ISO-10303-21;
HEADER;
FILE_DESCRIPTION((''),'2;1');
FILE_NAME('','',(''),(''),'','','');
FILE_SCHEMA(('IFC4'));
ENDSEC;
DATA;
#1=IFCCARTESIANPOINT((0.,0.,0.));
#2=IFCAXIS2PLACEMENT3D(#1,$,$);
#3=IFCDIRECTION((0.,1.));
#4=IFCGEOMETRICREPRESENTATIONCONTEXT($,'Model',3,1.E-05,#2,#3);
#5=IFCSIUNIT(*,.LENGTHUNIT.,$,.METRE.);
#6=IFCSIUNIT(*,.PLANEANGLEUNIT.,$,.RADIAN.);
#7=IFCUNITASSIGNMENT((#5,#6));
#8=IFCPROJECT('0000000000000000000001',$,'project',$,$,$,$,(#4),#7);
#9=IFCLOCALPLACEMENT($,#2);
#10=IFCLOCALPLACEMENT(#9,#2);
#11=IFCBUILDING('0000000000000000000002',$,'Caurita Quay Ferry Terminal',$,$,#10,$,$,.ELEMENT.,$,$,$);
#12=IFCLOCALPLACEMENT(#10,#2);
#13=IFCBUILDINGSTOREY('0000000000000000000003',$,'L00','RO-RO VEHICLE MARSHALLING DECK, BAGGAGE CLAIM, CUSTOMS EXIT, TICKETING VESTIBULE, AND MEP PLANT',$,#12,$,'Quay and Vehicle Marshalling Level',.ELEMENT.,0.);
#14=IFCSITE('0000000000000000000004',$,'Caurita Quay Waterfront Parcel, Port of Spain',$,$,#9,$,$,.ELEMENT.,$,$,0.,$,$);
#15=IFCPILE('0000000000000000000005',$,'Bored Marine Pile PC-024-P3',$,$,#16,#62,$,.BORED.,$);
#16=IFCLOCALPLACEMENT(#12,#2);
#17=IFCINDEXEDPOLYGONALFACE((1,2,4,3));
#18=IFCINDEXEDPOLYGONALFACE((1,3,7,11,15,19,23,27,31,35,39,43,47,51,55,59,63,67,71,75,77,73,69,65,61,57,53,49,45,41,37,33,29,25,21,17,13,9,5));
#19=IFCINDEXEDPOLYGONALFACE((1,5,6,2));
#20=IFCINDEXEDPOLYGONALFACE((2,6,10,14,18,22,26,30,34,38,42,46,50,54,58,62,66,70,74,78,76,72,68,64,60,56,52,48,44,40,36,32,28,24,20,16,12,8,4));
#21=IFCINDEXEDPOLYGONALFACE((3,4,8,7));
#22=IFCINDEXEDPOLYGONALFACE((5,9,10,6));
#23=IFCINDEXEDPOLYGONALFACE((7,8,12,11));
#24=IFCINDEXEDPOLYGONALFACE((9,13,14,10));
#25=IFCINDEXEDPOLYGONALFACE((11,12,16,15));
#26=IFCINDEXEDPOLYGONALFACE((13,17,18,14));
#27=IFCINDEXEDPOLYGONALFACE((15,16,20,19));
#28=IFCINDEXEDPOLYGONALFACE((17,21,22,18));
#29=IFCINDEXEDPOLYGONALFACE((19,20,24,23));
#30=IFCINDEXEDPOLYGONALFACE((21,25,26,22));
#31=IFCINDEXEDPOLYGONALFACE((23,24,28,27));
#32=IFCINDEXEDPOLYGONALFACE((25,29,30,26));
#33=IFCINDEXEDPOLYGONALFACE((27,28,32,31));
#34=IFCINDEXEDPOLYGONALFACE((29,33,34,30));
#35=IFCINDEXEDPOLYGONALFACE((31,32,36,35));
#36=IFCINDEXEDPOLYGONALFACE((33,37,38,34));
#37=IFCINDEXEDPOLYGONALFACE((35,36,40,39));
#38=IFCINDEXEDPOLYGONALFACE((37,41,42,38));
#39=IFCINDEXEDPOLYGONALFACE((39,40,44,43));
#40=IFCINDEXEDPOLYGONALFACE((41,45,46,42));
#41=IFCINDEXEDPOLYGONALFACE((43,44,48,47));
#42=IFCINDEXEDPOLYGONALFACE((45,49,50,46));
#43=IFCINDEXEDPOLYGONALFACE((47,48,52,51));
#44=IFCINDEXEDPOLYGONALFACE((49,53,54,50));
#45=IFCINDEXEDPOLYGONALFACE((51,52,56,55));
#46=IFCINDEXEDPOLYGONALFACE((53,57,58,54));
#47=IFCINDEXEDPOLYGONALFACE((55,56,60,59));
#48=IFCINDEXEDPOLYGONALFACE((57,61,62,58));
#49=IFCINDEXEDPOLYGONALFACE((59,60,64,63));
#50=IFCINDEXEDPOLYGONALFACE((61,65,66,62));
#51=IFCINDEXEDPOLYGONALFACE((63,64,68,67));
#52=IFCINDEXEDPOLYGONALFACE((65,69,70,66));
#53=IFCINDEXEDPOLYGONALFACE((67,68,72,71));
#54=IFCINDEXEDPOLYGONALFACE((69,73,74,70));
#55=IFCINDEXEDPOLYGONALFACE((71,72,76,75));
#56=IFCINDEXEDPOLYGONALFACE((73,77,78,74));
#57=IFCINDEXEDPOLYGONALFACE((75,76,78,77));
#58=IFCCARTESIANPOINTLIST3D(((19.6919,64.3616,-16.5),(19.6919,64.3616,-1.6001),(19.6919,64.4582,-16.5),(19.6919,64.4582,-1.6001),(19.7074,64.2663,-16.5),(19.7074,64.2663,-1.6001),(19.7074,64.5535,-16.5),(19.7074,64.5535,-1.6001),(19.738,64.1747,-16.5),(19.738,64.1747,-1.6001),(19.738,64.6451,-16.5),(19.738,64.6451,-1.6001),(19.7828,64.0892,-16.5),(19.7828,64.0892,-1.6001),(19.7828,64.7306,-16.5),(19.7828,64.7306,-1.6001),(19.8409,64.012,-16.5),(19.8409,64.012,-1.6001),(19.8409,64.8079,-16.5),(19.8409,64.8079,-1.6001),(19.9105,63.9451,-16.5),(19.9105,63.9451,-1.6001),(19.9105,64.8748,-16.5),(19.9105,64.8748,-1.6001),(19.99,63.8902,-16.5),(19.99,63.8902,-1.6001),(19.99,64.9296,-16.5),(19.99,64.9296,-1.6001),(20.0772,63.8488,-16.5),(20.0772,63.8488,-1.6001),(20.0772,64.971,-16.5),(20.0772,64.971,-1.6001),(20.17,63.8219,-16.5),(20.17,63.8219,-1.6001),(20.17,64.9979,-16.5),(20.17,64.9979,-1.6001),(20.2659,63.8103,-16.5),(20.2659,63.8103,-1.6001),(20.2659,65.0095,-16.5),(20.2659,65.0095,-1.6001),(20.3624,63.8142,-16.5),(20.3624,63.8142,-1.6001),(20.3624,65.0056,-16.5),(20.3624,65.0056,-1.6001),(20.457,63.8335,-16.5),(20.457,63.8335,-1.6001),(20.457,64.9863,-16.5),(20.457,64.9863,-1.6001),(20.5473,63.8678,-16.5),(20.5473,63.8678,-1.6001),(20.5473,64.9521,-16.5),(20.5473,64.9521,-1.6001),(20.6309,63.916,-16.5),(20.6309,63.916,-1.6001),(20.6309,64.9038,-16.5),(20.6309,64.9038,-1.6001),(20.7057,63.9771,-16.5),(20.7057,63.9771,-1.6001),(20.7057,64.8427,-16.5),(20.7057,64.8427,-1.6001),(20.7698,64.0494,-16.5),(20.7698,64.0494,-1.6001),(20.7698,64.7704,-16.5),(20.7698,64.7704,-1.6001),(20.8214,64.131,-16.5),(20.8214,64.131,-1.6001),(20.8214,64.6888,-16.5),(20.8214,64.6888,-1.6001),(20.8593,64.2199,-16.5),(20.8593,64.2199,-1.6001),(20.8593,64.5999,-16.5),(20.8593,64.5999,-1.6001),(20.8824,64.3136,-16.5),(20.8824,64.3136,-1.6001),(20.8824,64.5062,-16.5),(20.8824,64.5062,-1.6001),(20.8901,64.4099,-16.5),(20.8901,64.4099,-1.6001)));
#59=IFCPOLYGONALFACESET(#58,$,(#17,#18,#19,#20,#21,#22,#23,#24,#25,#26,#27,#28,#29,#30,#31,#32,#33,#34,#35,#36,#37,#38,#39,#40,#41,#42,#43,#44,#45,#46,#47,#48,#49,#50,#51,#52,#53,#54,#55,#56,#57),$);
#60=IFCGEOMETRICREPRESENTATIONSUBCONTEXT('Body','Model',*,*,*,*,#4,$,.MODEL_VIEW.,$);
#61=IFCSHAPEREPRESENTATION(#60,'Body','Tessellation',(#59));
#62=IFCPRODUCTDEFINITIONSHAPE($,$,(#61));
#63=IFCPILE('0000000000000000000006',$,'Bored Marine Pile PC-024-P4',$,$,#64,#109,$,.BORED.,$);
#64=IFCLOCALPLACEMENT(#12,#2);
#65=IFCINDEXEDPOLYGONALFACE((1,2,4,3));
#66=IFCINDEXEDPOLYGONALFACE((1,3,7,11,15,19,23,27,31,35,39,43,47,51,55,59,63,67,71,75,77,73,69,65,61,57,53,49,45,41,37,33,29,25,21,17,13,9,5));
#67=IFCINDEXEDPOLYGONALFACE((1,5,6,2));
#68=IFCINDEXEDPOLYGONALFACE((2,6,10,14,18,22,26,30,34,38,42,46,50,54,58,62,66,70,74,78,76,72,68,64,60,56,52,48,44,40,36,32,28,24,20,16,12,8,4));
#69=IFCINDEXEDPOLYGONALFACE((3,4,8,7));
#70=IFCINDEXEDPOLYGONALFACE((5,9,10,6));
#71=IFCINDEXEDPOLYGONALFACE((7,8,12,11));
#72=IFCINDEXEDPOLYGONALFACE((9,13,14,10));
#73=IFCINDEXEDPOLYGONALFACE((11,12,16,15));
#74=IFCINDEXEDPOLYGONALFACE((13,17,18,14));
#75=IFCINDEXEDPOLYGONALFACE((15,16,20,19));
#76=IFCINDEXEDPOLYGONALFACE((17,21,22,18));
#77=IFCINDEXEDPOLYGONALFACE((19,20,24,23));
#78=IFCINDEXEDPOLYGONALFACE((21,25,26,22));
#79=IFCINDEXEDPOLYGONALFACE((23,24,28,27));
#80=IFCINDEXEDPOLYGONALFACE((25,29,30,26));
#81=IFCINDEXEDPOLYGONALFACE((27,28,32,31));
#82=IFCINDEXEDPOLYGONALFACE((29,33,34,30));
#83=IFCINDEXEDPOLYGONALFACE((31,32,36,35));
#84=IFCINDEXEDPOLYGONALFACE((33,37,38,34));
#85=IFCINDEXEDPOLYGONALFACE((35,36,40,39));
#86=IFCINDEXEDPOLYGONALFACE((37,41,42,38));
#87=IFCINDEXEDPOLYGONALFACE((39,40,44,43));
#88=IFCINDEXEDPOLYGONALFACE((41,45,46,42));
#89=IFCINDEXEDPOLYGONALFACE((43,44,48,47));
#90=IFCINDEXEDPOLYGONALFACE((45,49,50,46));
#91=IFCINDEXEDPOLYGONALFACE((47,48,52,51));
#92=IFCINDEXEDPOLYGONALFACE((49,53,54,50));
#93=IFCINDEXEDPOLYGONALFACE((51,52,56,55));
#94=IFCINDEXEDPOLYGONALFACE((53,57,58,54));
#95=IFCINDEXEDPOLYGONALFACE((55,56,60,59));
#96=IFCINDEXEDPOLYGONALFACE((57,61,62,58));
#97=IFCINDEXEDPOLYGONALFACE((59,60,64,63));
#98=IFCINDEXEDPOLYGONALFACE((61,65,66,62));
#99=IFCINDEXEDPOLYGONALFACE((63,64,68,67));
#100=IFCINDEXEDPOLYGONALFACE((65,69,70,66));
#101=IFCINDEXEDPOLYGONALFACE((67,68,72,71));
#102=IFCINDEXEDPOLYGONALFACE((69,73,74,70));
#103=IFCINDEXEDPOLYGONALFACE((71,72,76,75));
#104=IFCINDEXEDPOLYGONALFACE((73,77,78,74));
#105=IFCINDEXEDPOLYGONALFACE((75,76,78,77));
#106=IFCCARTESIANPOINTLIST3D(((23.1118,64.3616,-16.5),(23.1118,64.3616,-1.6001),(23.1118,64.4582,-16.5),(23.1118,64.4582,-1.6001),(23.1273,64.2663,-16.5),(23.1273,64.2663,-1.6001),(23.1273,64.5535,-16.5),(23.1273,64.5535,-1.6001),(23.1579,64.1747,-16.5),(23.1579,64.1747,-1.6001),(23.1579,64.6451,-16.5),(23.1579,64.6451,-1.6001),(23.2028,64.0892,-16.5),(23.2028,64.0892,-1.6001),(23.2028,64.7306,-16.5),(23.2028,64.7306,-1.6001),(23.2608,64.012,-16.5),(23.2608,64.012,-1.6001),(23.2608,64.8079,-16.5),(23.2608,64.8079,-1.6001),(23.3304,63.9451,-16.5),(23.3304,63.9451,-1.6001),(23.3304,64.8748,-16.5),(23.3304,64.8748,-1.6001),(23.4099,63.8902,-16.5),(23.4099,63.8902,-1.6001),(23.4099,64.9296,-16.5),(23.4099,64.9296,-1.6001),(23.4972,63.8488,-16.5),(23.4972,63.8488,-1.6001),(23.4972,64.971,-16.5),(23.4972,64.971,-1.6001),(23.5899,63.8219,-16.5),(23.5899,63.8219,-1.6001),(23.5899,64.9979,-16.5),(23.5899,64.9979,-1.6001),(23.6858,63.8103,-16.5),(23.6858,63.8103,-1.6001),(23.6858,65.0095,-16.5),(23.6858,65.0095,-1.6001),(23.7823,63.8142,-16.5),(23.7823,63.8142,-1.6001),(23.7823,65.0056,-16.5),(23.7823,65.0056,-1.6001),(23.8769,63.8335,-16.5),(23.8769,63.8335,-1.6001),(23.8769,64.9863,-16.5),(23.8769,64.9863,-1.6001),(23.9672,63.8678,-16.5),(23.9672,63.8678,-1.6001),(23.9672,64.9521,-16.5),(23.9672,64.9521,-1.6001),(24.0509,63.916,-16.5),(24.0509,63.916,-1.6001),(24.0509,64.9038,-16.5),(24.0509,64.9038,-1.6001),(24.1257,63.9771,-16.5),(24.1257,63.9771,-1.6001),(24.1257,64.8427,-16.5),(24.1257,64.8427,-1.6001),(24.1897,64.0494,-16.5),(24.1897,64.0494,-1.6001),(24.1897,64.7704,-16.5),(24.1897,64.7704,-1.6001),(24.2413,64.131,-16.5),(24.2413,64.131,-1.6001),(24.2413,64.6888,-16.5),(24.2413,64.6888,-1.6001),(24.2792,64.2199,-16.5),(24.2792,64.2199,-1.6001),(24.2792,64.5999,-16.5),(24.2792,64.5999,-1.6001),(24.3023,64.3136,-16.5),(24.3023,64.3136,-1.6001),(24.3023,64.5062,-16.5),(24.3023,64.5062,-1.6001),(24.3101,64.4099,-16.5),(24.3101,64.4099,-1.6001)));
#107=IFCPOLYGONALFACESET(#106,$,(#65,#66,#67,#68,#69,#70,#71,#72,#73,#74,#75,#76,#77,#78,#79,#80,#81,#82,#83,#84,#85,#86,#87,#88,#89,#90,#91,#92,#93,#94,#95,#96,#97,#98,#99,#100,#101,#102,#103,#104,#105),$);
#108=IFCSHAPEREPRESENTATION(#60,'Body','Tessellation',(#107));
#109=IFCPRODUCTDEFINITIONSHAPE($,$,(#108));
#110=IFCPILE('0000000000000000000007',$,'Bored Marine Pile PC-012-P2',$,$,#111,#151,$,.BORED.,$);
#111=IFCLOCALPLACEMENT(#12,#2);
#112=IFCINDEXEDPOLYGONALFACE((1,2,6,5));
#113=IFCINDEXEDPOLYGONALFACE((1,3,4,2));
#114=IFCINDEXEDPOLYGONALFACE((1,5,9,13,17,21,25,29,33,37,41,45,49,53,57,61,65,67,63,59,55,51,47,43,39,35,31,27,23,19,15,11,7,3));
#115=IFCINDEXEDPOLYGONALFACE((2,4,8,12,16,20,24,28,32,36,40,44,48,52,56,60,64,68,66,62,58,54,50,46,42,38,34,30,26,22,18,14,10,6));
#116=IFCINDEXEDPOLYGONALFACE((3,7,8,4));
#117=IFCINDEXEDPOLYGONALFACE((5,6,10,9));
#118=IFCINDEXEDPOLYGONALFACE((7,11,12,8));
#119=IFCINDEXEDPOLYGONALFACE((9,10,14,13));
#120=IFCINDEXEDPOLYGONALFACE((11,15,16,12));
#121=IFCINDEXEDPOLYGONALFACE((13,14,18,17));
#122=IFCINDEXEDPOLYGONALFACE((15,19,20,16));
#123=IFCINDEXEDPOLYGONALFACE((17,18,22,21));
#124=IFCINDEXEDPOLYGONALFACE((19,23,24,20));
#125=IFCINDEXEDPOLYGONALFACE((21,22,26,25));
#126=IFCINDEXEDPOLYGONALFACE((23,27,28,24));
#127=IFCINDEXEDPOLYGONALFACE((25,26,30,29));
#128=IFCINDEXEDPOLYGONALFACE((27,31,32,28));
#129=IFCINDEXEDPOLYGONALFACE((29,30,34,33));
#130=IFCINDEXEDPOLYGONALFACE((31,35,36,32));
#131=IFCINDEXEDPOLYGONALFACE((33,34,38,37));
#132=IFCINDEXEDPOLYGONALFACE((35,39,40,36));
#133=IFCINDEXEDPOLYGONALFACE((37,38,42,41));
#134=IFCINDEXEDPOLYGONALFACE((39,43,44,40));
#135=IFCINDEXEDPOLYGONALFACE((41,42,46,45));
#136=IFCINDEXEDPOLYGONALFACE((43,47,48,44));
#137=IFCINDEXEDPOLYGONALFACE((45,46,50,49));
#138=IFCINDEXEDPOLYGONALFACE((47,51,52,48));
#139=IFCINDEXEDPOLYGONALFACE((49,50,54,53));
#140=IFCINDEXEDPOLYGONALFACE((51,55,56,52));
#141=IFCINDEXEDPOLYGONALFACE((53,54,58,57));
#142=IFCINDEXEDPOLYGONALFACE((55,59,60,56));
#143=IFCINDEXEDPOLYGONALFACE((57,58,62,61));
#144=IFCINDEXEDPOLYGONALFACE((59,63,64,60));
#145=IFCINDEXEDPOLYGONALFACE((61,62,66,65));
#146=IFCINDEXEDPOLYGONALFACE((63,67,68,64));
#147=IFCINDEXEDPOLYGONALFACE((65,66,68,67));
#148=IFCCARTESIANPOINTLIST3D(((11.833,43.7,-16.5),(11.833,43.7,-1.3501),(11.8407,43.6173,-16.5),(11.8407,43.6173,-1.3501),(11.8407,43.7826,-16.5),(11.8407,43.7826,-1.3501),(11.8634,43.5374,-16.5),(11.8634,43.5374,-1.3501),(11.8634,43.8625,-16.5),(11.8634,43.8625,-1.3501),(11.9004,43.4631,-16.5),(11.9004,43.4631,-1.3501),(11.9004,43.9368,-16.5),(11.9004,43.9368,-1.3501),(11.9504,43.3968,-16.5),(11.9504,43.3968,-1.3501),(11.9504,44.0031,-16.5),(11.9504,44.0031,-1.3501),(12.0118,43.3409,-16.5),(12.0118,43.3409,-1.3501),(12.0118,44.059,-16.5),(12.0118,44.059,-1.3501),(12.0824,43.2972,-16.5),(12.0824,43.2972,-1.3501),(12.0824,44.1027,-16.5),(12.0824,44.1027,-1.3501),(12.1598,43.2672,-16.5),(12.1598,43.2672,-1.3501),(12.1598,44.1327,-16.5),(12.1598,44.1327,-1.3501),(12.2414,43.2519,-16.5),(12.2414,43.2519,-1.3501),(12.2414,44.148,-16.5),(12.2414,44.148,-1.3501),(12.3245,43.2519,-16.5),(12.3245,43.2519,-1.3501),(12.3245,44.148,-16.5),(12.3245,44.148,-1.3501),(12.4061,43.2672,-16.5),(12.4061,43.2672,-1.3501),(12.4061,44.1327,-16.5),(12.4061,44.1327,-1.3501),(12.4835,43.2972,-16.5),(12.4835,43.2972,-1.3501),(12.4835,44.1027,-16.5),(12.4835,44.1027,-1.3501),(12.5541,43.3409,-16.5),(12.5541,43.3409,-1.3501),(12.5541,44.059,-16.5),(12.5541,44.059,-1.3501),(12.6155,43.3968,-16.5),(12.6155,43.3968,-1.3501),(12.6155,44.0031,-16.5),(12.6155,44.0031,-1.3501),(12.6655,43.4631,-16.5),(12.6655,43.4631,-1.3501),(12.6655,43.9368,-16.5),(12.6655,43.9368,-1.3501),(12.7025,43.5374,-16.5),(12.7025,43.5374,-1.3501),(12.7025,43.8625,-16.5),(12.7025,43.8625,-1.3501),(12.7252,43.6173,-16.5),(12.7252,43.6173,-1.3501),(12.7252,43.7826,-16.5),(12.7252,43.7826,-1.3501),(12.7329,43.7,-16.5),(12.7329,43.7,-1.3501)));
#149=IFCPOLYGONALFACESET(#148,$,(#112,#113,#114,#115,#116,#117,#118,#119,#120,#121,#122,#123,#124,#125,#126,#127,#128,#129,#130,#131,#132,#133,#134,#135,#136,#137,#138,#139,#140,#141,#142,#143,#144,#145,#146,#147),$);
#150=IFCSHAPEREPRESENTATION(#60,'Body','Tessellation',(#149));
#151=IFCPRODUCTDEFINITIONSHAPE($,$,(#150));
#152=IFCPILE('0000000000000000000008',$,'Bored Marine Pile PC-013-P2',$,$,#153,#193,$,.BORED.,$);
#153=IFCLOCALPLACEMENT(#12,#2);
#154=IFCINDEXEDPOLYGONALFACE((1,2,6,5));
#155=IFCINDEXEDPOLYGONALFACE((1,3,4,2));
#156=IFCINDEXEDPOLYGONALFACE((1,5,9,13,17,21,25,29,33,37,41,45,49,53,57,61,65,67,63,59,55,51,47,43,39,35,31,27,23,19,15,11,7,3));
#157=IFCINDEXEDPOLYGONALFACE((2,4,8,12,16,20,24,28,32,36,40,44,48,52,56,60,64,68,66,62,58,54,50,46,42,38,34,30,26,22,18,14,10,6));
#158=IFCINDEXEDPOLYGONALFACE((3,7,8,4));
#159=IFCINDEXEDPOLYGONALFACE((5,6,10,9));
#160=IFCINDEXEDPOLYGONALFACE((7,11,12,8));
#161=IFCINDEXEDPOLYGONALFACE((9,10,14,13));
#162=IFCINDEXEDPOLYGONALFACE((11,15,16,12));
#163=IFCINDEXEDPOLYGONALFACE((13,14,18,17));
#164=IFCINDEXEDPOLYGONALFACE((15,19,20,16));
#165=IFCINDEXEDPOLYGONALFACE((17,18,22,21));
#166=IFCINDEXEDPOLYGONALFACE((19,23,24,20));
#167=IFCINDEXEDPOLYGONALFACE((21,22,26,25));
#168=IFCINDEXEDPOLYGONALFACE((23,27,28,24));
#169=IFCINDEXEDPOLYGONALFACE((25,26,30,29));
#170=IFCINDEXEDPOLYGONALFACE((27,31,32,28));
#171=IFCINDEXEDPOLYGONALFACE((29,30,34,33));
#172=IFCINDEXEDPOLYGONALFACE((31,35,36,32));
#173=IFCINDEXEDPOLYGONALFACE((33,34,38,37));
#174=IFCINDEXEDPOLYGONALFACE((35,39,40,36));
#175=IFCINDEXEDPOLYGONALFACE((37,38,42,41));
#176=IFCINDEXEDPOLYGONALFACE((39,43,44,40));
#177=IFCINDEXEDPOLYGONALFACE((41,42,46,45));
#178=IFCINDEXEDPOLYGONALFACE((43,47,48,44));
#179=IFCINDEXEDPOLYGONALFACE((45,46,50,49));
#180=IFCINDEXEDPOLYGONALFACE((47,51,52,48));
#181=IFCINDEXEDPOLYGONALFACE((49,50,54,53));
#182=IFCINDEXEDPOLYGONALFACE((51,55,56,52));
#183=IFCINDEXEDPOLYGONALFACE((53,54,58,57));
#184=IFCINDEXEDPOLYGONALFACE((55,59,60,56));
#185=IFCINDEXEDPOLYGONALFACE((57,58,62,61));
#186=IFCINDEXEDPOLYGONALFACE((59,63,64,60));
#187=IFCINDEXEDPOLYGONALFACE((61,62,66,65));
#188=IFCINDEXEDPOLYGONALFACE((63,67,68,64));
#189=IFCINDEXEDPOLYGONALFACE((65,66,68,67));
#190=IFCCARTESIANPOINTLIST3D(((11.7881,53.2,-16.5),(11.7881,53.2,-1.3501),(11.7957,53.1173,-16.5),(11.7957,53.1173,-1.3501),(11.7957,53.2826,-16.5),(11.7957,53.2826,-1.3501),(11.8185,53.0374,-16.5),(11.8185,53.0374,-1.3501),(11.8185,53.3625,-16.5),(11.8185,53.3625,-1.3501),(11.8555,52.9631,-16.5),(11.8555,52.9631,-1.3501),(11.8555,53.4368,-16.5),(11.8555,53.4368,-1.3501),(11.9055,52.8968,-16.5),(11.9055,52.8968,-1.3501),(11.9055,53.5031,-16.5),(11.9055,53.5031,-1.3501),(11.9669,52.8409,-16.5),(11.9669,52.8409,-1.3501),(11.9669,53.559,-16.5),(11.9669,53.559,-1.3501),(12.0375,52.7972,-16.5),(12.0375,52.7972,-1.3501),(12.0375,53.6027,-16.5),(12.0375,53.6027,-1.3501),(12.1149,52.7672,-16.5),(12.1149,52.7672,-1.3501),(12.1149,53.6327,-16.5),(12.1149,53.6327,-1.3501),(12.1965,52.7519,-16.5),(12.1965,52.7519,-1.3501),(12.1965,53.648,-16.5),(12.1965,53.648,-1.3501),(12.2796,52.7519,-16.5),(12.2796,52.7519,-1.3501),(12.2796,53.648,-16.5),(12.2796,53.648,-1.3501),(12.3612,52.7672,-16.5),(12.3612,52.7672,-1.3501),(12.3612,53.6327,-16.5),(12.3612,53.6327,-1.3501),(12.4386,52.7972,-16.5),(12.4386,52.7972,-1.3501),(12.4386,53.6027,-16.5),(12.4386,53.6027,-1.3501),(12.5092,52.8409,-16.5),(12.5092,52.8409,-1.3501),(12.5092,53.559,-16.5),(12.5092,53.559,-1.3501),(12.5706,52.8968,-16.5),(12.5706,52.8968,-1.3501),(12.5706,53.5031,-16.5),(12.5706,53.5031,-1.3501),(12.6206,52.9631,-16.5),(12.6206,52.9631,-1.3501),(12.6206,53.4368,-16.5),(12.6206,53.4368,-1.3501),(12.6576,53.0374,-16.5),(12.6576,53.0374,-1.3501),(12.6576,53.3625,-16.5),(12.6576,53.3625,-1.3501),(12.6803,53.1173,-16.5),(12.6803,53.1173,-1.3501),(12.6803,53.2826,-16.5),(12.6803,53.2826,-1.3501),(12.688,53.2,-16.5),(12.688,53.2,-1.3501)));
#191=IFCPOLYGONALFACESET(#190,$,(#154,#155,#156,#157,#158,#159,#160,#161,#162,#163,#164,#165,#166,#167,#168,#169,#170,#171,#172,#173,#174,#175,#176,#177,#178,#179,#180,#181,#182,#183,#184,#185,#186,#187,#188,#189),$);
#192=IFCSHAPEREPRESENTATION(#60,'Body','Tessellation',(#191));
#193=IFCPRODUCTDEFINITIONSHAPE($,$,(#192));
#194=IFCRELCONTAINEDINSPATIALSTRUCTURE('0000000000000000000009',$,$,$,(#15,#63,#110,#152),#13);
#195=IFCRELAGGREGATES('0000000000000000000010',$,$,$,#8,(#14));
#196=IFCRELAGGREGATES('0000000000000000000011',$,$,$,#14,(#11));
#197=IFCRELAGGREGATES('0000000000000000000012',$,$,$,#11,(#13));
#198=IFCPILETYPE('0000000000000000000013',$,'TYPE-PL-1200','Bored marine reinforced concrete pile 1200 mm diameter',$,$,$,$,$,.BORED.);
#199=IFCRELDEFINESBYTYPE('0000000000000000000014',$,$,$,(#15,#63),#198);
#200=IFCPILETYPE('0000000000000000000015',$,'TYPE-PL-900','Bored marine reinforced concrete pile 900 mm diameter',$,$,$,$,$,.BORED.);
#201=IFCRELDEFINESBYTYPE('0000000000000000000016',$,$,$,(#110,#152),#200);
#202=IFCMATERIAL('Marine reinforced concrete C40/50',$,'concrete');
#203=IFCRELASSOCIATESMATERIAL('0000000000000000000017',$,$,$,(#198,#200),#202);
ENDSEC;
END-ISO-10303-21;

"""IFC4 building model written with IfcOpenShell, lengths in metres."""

from ifc_helpers import new_model, si_unit, direction, frame, origin, origin_2d, place, context, subcontext, project, spatial, circle, extrude, material, material_profile, profile_set, type_object, element, save


model = new_model("IFC4")

# Units and contexts
model_context = context("Model", 3, precision=1e-05, world=origin(), true_north=direction((0.0, 1.0)))
body_context = subcontext(model_context, "Body", "Model", "MODEL_VIEW")
ifc_project = project(units=[si_unit("LENGTHUNIT", "METRE"), si_unit("PLANEANGLEUNIT", "RADIAN")], contexts=[model_context])

# Site, building, storey
site_placement = place(None, origin())
site = spatial("IfcSite", under=ifc_project, at=site_placement, Name="Caurita Quay Waterfront Parcel, Port of Spain", CompositionType="ELEMENT", RefElevation=0.0)
building_placement = place(site_placement, origin())
building = spatial("IfcBuilding", under=site, at=building_placement, Name="Caurita Quay Ferry Terminal", CompositionType="ELEMENT")
storey_placement = place(building_placement, origin())
storey = spatial("IfcBuildingStorey", under=building, at=storey_placement, Name="L00", Description="RO-RO VEHICLE MARSHALLING DECK, BAGGAGE CLAIM, CUSTOMS EXIT, TICKETING VESTIBULE, AND MEP PLANT", LongName="Quay and Vehicle Marshalling Level", CompositionType="ELEMENT", Elevation=0.0)

# Piles
ifc_material_1 = material(Name="Marine reinforced concrete C40/50", Category="concrete")
ifc_material_profile_1 = material_profile(ifc_material_1, circle(Radius=0.6001, at=origin_2d()), Name="PILE-D1200")
ifc_profile_set_1 = profile_set([ifc_material_profile_1], Name="Marine reinforced concrete C40/50")
pile_type_1 = type_object("IfcPileType", Name="TYPE-PL-1200", Description="Bored marine reinforced concrete pile 1200 mm diameter", PredefinedType="BORED", material=ifc_profile_set_1)
for number, where, z_axis, x_axis, name in (
    (1, (20.29, 64.4099, -1.6001), (0.0, 0.0, -1.0), (1.0, 0.0, 0.0), "Bored Marine Pile PC-024-P3"),
    (2, (23.71, 64.4099, -1.6001), (0.0, 0.0, -1.0), (1.0, 0.0, 0.0), "Bored Marine Pile PC-024-P4"),
):
    element("IfcPile", number, at=place(storey_placement, frame(where, z_axis=z_axis, x_axis=x_axis)), inside=storey, type_object=pile_type_1, Name=name, PredefinedType="BORED", context=body_context, shape_type="SweptSolid", body=[
        extrude(circle(Radius=0.6001, at=origin_2d()), origin(), (0.0, 0.0, 1.0), 14.8999),
    ])
ifc_material_profile_2 = material_profile(ifc_material_1, circle(Radius=0.45, at=origin_2d()), Name="PILE-D900")
ifc_profile_set_2 = profile_set([ifc_material_profile_2], Name="Marine reinforced concrete C40/50")
pile_type_2 = type_object("IfcPileType", Name="TYPE-PL-900", Description="Bored marine reinforced concrete pile 900 mm diameter", PredefinedType="BORED", material=ifc_profile_set_2)
for number, where, z_axis, x_axis, name in (
    (3, (12.283, 43.7, -1.3501), (0.0, 0.0, -1.0), (1.0, 0.0, 0.0), "Bored Marine Pile PC-012-P2"),
    (4, (12.238, 53.2, -1.3501), (0.0, 0.0, -1.0), (1.0, 0.0, 0.0), "Bored Marine Pile PC-013-P2"),
):
    element("IfcPile", number, at=place(storey_placement, frame(where, z_axis=z_axis, x_axis=x_axis)), inside=storey, type_object=pile_type_2, Name=name, PredefinedType="BORED", context=body_context, shape_type="SweptSolid", body=[
        extrude(circle(Radius=0.45, at=origin_2d()), origin(), (0.0, 0.0, 1.0), 15.1499),
    ])

save(model, "model.ifc")
